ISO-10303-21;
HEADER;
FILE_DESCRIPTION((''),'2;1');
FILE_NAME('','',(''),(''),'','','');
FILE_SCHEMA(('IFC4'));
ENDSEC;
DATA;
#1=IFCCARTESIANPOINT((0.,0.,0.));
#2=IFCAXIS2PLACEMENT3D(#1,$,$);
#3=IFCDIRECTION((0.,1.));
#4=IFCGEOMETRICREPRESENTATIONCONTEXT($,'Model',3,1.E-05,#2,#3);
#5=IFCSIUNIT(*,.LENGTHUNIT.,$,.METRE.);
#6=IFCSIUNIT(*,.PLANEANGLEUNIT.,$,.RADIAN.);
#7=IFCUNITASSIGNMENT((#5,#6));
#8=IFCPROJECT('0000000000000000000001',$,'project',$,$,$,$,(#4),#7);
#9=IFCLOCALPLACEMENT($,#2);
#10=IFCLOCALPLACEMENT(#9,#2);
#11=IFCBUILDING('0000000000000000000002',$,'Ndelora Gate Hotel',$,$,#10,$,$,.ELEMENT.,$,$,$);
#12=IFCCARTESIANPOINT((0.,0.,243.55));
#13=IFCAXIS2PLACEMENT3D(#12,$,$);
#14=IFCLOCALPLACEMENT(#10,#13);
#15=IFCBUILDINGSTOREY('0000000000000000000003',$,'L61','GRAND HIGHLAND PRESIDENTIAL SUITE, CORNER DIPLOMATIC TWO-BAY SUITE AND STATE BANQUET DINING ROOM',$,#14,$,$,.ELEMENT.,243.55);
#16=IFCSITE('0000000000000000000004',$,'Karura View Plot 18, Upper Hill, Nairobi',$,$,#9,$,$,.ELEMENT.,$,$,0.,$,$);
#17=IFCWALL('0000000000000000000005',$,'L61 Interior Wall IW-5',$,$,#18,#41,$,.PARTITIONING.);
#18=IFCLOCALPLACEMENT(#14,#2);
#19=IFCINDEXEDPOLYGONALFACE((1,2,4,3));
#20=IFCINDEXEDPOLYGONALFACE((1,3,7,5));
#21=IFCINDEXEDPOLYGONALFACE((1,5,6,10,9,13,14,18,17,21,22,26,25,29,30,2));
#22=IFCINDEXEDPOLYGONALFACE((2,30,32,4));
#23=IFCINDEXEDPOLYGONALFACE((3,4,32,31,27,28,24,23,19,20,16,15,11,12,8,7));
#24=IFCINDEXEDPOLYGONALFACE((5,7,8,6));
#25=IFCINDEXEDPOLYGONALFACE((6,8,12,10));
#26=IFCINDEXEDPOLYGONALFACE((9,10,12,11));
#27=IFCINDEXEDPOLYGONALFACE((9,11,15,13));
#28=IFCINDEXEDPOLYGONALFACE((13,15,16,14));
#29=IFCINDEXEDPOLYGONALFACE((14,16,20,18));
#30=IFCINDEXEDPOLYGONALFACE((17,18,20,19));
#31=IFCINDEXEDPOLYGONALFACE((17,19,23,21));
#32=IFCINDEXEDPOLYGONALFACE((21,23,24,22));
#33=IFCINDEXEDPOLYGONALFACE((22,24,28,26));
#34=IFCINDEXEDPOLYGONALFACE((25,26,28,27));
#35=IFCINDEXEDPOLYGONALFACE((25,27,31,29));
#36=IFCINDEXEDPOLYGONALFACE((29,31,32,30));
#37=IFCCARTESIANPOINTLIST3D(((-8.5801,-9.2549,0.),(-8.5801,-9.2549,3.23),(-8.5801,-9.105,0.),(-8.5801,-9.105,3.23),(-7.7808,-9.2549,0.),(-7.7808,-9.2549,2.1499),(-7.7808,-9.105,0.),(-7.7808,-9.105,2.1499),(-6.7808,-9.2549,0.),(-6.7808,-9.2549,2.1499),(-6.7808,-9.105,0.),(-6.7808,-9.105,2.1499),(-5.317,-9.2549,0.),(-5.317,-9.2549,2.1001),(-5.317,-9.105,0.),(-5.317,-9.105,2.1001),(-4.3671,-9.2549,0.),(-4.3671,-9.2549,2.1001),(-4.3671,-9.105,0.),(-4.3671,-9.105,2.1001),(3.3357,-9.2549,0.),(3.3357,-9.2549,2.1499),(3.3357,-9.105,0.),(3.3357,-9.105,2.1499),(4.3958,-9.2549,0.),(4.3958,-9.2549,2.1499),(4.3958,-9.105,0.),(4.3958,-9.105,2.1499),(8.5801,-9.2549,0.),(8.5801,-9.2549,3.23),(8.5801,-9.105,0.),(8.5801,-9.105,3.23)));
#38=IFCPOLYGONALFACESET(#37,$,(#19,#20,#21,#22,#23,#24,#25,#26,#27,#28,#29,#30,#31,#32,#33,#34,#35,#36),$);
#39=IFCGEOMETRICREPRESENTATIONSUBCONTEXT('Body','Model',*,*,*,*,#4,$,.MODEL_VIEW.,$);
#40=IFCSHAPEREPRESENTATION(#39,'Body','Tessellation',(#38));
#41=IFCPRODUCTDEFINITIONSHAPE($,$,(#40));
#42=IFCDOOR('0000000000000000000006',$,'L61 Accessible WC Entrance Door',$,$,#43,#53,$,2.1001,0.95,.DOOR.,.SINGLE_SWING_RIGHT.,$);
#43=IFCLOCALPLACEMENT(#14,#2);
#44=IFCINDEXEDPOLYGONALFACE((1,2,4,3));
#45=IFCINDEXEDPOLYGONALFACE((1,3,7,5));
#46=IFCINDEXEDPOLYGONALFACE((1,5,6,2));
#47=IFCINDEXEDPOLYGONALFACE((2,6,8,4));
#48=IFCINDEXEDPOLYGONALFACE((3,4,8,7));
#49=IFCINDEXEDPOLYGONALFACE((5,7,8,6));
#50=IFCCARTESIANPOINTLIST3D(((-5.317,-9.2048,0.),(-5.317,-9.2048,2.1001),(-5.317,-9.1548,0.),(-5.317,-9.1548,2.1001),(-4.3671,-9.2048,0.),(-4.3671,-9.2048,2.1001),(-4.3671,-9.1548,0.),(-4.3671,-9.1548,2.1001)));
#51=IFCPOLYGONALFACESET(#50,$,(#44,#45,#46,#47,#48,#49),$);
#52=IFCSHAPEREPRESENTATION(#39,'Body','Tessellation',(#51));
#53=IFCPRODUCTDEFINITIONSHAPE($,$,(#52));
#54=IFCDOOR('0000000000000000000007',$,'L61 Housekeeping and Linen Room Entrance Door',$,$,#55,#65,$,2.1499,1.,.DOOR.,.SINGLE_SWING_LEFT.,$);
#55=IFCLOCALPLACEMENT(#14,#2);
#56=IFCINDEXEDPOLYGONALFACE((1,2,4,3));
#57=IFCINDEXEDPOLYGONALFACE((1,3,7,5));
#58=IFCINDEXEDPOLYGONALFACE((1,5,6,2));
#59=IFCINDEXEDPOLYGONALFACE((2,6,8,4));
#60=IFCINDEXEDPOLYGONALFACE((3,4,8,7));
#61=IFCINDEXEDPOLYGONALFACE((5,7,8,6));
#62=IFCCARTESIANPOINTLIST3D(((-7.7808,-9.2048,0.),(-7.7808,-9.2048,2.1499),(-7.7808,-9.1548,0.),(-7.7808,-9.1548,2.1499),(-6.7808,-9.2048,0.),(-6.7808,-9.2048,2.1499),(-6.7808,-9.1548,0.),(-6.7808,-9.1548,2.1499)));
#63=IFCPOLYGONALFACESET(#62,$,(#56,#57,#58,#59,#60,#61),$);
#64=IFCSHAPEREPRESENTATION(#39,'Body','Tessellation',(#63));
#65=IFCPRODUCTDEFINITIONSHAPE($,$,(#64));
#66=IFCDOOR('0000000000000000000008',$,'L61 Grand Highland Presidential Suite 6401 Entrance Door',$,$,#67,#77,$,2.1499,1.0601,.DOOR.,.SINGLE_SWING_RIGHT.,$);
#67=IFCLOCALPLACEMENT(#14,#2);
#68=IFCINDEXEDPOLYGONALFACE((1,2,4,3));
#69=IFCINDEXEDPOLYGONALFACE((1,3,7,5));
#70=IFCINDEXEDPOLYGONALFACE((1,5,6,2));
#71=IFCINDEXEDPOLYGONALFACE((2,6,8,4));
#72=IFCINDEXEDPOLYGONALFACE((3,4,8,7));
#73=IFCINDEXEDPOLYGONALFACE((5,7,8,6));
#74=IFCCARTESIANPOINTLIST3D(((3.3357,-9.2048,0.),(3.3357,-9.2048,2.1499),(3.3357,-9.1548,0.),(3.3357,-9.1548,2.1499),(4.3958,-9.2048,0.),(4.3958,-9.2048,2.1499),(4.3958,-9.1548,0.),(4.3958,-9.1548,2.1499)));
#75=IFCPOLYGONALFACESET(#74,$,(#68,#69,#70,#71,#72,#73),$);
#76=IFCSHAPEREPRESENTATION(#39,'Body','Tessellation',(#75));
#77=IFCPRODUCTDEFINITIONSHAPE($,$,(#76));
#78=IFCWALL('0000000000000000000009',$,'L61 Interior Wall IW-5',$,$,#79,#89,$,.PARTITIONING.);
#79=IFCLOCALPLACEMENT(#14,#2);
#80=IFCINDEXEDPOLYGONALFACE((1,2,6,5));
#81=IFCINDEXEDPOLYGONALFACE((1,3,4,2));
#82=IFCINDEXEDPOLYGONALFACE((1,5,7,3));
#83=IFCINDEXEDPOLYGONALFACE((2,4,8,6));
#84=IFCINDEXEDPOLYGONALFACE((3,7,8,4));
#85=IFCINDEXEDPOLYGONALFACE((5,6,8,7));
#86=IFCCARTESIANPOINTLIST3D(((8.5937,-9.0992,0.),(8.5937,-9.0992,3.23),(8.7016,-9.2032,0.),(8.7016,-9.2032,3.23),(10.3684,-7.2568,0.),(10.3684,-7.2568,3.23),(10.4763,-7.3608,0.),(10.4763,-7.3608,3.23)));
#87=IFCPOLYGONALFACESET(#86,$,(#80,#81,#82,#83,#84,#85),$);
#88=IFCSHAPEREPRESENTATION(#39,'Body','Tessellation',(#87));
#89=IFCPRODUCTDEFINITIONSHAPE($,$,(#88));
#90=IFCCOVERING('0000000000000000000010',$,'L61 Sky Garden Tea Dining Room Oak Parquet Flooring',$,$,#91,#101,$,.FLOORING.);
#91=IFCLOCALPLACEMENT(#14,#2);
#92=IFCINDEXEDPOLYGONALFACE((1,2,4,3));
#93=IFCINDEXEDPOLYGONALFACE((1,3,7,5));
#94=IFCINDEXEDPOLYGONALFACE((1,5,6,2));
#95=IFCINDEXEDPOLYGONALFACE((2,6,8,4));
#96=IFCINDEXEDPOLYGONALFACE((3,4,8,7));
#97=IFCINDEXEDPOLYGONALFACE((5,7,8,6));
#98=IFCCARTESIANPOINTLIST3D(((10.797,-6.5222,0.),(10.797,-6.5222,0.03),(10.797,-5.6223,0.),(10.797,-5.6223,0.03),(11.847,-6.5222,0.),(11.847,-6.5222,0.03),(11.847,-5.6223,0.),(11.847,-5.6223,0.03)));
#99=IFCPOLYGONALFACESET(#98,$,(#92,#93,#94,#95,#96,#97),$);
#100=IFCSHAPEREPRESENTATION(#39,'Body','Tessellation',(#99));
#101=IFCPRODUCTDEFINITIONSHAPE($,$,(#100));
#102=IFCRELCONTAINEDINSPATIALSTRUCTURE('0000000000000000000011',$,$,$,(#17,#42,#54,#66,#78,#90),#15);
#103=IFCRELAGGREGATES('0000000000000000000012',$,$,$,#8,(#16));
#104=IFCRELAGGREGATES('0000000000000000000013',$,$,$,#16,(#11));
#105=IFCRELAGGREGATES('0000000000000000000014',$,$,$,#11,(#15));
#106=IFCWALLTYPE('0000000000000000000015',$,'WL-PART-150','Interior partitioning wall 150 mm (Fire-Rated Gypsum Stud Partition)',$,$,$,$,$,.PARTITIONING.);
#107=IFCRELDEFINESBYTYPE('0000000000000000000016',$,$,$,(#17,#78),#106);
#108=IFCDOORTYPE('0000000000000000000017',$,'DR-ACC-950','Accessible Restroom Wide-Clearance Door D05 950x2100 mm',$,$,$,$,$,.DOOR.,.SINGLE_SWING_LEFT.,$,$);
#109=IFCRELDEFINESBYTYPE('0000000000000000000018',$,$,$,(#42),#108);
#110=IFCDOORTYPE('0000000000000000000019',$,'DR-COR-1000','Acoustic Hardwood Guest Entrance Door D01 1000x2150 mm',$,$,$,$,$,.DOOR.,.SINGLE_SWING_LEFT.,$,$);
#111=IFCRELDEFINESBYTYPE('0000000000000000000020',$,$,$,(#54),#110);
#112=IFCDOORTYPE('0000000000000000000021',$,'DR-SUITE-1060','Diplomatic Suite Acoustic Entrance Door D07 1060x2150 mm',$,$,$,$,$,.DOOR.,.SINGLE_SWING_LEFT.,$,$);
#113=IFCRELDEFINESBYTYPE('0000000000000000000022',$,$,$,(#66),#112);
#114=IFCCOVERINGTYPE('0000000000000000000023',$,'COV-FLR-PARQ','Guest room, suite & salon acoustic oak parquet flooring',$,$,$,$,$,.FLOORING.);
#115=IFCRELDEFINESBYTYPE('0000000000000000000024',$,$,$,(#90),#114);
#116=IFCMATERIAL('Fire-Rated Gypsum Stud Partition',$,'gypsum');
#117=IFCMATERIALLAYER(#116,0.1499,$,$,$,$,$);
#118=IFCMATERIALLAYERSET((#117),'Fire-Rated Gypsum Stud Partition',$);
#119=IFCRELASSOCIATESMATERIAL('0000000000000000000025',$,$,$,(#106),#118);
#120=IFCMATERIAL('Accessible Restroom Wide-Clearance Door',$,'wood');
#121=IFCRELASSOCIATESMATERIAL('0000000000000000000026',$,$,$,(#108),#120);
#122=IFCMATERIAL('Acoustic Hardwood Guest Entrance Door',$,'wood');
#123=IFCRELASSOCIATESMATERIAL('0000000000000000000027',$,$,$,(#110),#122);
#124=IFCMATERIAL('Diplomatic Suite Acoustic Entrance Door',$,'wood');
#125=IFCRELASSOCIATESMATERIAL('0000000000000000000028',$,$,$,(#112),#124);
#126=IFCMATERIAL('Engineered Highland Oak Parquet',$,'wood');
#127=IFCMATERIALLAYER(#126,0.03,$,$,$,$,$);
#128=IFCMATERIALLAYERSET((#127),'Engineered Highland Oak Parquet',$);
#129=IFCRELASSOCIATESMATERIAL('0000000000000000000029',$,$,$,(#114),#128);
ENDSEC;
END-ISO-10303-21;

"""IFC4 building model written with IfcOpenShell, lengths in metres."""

from ifc_helpers import new_model, si_unit, direction, frame, frame_2d, origin, origin_2d, place, context, subcontext, project, spatial, rectangle, extrude, material, layer, layer_set, type_object, element, fill, save


model = new_model("IFC4")

# Units and contexts
model_context = context("Model", 3, precision=1e-05, world=origin(), true_north=direction((0.0, 1.0)))
body_context = subcontext(model_context, "Body", "Model", "MODEL_VIEW")
ifc_project = project(units=[si_unit("LENGTHUNIT", "METRE"), si_unit("PLANEANGLEUNIT", "RADIAN")], contexts=[model_context])

# Site, building, storey
site_placement = place(None, origin())
site = spatial("IfcSite", under=ifc_project, at=site_placement, Name="Karura View Plot 18, Upper Hill, Nairobi", CompositionType="ELEMENT", RefElevation=0.0)
building_placement = place(site_placement, origin())
building = spatial("IfcBuilding", under=site, at=building_placement, Name="Ndelora Gate Hotel", CompositionType="ELEMENT")
storey_placement = place(building_placement, frame((0.0, 0.0, 243.55)))
storey = spatial("IfcBuildingStorey", under=building, at=storey_placement, Name="L61", Description="GRAND HIGHLAND PRESIDENTIAL SUITE, CORNER DIPLOMATIC TWO-BAY SUITE AND STATE BANQUET DINING ROOM", CompositionType="ELEMENT", Elevation=243.55)

# Wall, openings, doors
ifc_material_1 = material(Name="Fire-Rated Gypsum Stud Partition", Category="gypsum")
ifc_layer_1 = layer(ifc_material_1, 0.1499)
ifc_layer_set_1 = layer_set([ifc_layer_1], Name="Fire-Rated Gypsum Stud Partition")
wall_type_1 = type_object("IfcWallType", Name="WL-PART-150", Description="Interior partitioning wall 150 mm (Fire-Rated Gypsum Stud Partition)", PredefinedType="PARTITIONING", material=ifc_layer_set_1)
wall_1_placement = place(storey_placement, frame((8.5801, -9.1799, 0.0), z_axis=(0.0, 0.0, 1.0), x_axis=(-1.0, 0.0, 0.0)))
wall_1 = element("IfcWall", 1, at=wall_1_placement, inside=storey, type_object=wall_type_1, Name="L61 Interior Wall IW-5", PredefinedType="PARTITIONING", context=body_context, shape_type="SweptSolid", body=[
    extrude(rectangle(XDim=17.1602, YDim=0.1499, at=frame_2d((8.5801, 0.0))), origin(), (0.0, 0.0, 1.0), 3.23),
])
opening_1_placement = place(wall_1_placement, frame((15.3608, 0.0, 0.0)))
opening_1 = element("IfcOpeningElement", 2, at=opening_1_placement, cuts=wall_1, PredefinedType="OPENING", context=body_context, shape_type="SweptSolid", body=[
    extrude(rectangle(XDim=1.0, YDim=2.1499, at=frame_2d((0.5, 1.075))), frame((0.0, 0.085, 0.0), z_axis=(0.0, -1.0, 0.0), x_axis=(1.0, 0.0, 0.0)), (0.0, 0.0, 1.0), 0.1699),
])
opening_2_placement = place(wall_1_placement, frame((12.947, 0.0, 0.0)))
opening_2 = element("IfcOpeningElement", 3, at=opening_2_placement, cuts=wall_1, PredefinedType="OPENING", context=body_context, shape_type="SweptSolid", body=[
    extrude(rectangle(XDim=0.95, YDim=2.1001, at=frame_2d((0.4751, 1.05))), frame((0.0, 0.085, 0.0), z_axis=(0.0, -1.0, 0.0), x_axis=(1.0, 0.0, 0.0)), (0.0, 0.0, 1.0), 0.1699),
])
opening_3_placement = place(wall_1_placement, frame((4.1843, 0.0, 0.0)))
opening_3 = element("IfcOpeningElement", 4, at=opening_3_placement, cuts=wall_1, PredefinedType="OPENING", context=body_context, shape_type="SweptSolid", body=[
    extrude(rectangle(XDim=1.0601, YDim=2.1499, at=frame_2d((0.53, 1.075))), frame((0.0, 0.085, 0.0), z_axis=(0.0, -1.0, 0.0), x_axis=(1.0, 0.0, 0.0)), (0.0, 0.0, 1.0), 0.1699),
])
ifc_material_2 = material(Name="Accessible Restroom Wide-Clearance Door", Category="wood")
door_type_1 = type_object("IfcDoorType", Name="DR-ACC-950", Description="Accessible Restroom Wide-Clearance Door D05 950x2100 mm", OperationType="SINGLE_SWING_LEFT", PredefinedType="DOOR", material=ifc_material_2)
door_1_placement = place(opening_2_placement, origin())
door_1 = element("IfcDoor", 5, at=door_1_placement, inside=storey, type_object=door_type_1, Name="L61 Accessible WC Entrance Door", OperationType="SINGLE_SWING_RIGHT", OverallHeight=2.1001, OverallWidth=0.95, PredefinedType="DOOR", context=body_context, shape_type="SweptSolid", body=[
    extrude(rectangle(XDim=0.95, YDim=2.1001, at=frame_2d((0.4751, 1.05))), frame((0.0, 0.0249, 0.0), z_axis=(0.0, -1.0, 0.0), x_axis=(1.0, 0.0, 0.0)), (0.0, 0.0, 1.0), 0.05),
])
fill(opening_2, door_1)
ifc_material_3 = material(Name="Acoustic Hardwood Guest Entrance Door", Category="wood")
door_type_2 = type_object("IfcDoorType", Name="DR-COR-1000", Description="Acoustic Hardwood Guest Entrance Door D01 1000x2150 mm", OperationType="SINGLE_SWING_LEFT", PredefinedType="DOOR", material=ifc_material_3)
door_2_placement = place(opening_1_placement, origin())
door_2 = element("IfcDoor", 6, at=door_2_placement, inside=storey, type_object=door_type_2, Name="L61 Housekeeping and Linen Room Entrance Door", OperationType="SINGLE_SWING_LEFT", OverallHeight=2.1499, OverallWidth=1.0, PredefinedType="DOOR", context=body_context, shape_type="SweptSolid", body=[
    extrude(rectangle(XDim=1.0, YDim=2.1499, at=frame_2d((0.5, 1.075))), frame((0.0, 0.0249, 0.0), z_axis=(0.0, -1.0, 0.0), x_axis=(1.0, 0.0, 0.0)), (0.0, 0.0, 1.0), 0.05),
])
fill(opening_1, door_2)
ifc_material_4 = material(Name="Diplomatic Suite Acoustic Entrance Door", Category="wood")
door_type_3 = type_object("IfcDoorType", Name="DR-SUITE-1060", Description="Diplomatic Suite Acoustic Entrance Door D07 1060x2150 mm", OperationType="SINGLE_SWING_LEFT", PredefinedType="DOOR", material=ifc_material_4)
door_3_placement = place(opening_3_placement, origin())
door_3 = element("IfcDoor", 7, at=door_3_placement, inside=storey, type_object=door_type_3, Name="L61 Grand Highland Presidential Suite 6401 Entrance Door", OperationType="SINGLE_SWING_RIGHT", OverallHeight=2.1499, OverallWidth=1.0601, PredefinedType="DOOR", context=body_context, shape_type="SweptSolid", body=[
    extrude(rectangle(XDim=1.0601, YDim=2.1499, at=frame_2d((0.53, 1.075))), frame((0.0, 0.0249, 0.0), z_axis=(0.0, -1.0, 0.0), x_axis=(1.0, 0.0, 0.0)), (0.0, 0.0, 1.0), 0.05),
])
fill(opening_3, door_3)

# Wall
wall_2_placement = place(storey_placement, frame((10.4224, -7.3088, 0.0), z_axis=(0.0, 0.0, 1.0), x_axis=(-0.693765, -0.720202, 0.0)))
element("IfcWall", 8, at=wall_2_placement, inside=storey, type_object=wall_type_1, Name="L61 Interior Wall IW-5", PredefinedType="PARTITIONING", context=body_context, shape_type="SweptSolid", body=[
    extrude(rectangle(XDim=2.5581, YDim=0.1499, at=frame_2d((1.2791, 0.0))), origin(), (0.0, 0.0, 1.0), 3.23),
])

# Covering
ifc_material_5 = material(Name="Engineered Highland Oak Parquet", Category="wood")
ifc_layer_2 = layer(ifc_material_5, 0.03)
ifc_layer_set_2 = layer_set([ifc_layer_2], Name="Engineered Highland Oak Parquet")
covering_type = type_object("IfcCoveringType", Name="COV-FLR-PARQ", Description="Guest room, suite & salon acoustic oak parquet flooring", PredefinedType="FLOORING", material=ifc_layer_set_2)
covering_placement = place(storey_placement, frame((11.322, -6.0723, 0.0), z_axis=(0.0, 0.0, 1.0), x_axis=(1.0, 0.0, 0.0)))
element("IfcCovering", 9, at=covering_placement, inside=storey, type_object=covering_type, Name="L61 Sky Garden Tea Dining Room Oak Parquet Flooring", PredefinedType="FLOORING", context=body_context, shape_type="SweptSolid", body=[
    extrude(rectangle(XDim=1.05, YDim=0.8999, at=origin_2d()), origin(), (0.0, 0.0, 1.0), 0.03),
])

save(model, "model.ifc")
